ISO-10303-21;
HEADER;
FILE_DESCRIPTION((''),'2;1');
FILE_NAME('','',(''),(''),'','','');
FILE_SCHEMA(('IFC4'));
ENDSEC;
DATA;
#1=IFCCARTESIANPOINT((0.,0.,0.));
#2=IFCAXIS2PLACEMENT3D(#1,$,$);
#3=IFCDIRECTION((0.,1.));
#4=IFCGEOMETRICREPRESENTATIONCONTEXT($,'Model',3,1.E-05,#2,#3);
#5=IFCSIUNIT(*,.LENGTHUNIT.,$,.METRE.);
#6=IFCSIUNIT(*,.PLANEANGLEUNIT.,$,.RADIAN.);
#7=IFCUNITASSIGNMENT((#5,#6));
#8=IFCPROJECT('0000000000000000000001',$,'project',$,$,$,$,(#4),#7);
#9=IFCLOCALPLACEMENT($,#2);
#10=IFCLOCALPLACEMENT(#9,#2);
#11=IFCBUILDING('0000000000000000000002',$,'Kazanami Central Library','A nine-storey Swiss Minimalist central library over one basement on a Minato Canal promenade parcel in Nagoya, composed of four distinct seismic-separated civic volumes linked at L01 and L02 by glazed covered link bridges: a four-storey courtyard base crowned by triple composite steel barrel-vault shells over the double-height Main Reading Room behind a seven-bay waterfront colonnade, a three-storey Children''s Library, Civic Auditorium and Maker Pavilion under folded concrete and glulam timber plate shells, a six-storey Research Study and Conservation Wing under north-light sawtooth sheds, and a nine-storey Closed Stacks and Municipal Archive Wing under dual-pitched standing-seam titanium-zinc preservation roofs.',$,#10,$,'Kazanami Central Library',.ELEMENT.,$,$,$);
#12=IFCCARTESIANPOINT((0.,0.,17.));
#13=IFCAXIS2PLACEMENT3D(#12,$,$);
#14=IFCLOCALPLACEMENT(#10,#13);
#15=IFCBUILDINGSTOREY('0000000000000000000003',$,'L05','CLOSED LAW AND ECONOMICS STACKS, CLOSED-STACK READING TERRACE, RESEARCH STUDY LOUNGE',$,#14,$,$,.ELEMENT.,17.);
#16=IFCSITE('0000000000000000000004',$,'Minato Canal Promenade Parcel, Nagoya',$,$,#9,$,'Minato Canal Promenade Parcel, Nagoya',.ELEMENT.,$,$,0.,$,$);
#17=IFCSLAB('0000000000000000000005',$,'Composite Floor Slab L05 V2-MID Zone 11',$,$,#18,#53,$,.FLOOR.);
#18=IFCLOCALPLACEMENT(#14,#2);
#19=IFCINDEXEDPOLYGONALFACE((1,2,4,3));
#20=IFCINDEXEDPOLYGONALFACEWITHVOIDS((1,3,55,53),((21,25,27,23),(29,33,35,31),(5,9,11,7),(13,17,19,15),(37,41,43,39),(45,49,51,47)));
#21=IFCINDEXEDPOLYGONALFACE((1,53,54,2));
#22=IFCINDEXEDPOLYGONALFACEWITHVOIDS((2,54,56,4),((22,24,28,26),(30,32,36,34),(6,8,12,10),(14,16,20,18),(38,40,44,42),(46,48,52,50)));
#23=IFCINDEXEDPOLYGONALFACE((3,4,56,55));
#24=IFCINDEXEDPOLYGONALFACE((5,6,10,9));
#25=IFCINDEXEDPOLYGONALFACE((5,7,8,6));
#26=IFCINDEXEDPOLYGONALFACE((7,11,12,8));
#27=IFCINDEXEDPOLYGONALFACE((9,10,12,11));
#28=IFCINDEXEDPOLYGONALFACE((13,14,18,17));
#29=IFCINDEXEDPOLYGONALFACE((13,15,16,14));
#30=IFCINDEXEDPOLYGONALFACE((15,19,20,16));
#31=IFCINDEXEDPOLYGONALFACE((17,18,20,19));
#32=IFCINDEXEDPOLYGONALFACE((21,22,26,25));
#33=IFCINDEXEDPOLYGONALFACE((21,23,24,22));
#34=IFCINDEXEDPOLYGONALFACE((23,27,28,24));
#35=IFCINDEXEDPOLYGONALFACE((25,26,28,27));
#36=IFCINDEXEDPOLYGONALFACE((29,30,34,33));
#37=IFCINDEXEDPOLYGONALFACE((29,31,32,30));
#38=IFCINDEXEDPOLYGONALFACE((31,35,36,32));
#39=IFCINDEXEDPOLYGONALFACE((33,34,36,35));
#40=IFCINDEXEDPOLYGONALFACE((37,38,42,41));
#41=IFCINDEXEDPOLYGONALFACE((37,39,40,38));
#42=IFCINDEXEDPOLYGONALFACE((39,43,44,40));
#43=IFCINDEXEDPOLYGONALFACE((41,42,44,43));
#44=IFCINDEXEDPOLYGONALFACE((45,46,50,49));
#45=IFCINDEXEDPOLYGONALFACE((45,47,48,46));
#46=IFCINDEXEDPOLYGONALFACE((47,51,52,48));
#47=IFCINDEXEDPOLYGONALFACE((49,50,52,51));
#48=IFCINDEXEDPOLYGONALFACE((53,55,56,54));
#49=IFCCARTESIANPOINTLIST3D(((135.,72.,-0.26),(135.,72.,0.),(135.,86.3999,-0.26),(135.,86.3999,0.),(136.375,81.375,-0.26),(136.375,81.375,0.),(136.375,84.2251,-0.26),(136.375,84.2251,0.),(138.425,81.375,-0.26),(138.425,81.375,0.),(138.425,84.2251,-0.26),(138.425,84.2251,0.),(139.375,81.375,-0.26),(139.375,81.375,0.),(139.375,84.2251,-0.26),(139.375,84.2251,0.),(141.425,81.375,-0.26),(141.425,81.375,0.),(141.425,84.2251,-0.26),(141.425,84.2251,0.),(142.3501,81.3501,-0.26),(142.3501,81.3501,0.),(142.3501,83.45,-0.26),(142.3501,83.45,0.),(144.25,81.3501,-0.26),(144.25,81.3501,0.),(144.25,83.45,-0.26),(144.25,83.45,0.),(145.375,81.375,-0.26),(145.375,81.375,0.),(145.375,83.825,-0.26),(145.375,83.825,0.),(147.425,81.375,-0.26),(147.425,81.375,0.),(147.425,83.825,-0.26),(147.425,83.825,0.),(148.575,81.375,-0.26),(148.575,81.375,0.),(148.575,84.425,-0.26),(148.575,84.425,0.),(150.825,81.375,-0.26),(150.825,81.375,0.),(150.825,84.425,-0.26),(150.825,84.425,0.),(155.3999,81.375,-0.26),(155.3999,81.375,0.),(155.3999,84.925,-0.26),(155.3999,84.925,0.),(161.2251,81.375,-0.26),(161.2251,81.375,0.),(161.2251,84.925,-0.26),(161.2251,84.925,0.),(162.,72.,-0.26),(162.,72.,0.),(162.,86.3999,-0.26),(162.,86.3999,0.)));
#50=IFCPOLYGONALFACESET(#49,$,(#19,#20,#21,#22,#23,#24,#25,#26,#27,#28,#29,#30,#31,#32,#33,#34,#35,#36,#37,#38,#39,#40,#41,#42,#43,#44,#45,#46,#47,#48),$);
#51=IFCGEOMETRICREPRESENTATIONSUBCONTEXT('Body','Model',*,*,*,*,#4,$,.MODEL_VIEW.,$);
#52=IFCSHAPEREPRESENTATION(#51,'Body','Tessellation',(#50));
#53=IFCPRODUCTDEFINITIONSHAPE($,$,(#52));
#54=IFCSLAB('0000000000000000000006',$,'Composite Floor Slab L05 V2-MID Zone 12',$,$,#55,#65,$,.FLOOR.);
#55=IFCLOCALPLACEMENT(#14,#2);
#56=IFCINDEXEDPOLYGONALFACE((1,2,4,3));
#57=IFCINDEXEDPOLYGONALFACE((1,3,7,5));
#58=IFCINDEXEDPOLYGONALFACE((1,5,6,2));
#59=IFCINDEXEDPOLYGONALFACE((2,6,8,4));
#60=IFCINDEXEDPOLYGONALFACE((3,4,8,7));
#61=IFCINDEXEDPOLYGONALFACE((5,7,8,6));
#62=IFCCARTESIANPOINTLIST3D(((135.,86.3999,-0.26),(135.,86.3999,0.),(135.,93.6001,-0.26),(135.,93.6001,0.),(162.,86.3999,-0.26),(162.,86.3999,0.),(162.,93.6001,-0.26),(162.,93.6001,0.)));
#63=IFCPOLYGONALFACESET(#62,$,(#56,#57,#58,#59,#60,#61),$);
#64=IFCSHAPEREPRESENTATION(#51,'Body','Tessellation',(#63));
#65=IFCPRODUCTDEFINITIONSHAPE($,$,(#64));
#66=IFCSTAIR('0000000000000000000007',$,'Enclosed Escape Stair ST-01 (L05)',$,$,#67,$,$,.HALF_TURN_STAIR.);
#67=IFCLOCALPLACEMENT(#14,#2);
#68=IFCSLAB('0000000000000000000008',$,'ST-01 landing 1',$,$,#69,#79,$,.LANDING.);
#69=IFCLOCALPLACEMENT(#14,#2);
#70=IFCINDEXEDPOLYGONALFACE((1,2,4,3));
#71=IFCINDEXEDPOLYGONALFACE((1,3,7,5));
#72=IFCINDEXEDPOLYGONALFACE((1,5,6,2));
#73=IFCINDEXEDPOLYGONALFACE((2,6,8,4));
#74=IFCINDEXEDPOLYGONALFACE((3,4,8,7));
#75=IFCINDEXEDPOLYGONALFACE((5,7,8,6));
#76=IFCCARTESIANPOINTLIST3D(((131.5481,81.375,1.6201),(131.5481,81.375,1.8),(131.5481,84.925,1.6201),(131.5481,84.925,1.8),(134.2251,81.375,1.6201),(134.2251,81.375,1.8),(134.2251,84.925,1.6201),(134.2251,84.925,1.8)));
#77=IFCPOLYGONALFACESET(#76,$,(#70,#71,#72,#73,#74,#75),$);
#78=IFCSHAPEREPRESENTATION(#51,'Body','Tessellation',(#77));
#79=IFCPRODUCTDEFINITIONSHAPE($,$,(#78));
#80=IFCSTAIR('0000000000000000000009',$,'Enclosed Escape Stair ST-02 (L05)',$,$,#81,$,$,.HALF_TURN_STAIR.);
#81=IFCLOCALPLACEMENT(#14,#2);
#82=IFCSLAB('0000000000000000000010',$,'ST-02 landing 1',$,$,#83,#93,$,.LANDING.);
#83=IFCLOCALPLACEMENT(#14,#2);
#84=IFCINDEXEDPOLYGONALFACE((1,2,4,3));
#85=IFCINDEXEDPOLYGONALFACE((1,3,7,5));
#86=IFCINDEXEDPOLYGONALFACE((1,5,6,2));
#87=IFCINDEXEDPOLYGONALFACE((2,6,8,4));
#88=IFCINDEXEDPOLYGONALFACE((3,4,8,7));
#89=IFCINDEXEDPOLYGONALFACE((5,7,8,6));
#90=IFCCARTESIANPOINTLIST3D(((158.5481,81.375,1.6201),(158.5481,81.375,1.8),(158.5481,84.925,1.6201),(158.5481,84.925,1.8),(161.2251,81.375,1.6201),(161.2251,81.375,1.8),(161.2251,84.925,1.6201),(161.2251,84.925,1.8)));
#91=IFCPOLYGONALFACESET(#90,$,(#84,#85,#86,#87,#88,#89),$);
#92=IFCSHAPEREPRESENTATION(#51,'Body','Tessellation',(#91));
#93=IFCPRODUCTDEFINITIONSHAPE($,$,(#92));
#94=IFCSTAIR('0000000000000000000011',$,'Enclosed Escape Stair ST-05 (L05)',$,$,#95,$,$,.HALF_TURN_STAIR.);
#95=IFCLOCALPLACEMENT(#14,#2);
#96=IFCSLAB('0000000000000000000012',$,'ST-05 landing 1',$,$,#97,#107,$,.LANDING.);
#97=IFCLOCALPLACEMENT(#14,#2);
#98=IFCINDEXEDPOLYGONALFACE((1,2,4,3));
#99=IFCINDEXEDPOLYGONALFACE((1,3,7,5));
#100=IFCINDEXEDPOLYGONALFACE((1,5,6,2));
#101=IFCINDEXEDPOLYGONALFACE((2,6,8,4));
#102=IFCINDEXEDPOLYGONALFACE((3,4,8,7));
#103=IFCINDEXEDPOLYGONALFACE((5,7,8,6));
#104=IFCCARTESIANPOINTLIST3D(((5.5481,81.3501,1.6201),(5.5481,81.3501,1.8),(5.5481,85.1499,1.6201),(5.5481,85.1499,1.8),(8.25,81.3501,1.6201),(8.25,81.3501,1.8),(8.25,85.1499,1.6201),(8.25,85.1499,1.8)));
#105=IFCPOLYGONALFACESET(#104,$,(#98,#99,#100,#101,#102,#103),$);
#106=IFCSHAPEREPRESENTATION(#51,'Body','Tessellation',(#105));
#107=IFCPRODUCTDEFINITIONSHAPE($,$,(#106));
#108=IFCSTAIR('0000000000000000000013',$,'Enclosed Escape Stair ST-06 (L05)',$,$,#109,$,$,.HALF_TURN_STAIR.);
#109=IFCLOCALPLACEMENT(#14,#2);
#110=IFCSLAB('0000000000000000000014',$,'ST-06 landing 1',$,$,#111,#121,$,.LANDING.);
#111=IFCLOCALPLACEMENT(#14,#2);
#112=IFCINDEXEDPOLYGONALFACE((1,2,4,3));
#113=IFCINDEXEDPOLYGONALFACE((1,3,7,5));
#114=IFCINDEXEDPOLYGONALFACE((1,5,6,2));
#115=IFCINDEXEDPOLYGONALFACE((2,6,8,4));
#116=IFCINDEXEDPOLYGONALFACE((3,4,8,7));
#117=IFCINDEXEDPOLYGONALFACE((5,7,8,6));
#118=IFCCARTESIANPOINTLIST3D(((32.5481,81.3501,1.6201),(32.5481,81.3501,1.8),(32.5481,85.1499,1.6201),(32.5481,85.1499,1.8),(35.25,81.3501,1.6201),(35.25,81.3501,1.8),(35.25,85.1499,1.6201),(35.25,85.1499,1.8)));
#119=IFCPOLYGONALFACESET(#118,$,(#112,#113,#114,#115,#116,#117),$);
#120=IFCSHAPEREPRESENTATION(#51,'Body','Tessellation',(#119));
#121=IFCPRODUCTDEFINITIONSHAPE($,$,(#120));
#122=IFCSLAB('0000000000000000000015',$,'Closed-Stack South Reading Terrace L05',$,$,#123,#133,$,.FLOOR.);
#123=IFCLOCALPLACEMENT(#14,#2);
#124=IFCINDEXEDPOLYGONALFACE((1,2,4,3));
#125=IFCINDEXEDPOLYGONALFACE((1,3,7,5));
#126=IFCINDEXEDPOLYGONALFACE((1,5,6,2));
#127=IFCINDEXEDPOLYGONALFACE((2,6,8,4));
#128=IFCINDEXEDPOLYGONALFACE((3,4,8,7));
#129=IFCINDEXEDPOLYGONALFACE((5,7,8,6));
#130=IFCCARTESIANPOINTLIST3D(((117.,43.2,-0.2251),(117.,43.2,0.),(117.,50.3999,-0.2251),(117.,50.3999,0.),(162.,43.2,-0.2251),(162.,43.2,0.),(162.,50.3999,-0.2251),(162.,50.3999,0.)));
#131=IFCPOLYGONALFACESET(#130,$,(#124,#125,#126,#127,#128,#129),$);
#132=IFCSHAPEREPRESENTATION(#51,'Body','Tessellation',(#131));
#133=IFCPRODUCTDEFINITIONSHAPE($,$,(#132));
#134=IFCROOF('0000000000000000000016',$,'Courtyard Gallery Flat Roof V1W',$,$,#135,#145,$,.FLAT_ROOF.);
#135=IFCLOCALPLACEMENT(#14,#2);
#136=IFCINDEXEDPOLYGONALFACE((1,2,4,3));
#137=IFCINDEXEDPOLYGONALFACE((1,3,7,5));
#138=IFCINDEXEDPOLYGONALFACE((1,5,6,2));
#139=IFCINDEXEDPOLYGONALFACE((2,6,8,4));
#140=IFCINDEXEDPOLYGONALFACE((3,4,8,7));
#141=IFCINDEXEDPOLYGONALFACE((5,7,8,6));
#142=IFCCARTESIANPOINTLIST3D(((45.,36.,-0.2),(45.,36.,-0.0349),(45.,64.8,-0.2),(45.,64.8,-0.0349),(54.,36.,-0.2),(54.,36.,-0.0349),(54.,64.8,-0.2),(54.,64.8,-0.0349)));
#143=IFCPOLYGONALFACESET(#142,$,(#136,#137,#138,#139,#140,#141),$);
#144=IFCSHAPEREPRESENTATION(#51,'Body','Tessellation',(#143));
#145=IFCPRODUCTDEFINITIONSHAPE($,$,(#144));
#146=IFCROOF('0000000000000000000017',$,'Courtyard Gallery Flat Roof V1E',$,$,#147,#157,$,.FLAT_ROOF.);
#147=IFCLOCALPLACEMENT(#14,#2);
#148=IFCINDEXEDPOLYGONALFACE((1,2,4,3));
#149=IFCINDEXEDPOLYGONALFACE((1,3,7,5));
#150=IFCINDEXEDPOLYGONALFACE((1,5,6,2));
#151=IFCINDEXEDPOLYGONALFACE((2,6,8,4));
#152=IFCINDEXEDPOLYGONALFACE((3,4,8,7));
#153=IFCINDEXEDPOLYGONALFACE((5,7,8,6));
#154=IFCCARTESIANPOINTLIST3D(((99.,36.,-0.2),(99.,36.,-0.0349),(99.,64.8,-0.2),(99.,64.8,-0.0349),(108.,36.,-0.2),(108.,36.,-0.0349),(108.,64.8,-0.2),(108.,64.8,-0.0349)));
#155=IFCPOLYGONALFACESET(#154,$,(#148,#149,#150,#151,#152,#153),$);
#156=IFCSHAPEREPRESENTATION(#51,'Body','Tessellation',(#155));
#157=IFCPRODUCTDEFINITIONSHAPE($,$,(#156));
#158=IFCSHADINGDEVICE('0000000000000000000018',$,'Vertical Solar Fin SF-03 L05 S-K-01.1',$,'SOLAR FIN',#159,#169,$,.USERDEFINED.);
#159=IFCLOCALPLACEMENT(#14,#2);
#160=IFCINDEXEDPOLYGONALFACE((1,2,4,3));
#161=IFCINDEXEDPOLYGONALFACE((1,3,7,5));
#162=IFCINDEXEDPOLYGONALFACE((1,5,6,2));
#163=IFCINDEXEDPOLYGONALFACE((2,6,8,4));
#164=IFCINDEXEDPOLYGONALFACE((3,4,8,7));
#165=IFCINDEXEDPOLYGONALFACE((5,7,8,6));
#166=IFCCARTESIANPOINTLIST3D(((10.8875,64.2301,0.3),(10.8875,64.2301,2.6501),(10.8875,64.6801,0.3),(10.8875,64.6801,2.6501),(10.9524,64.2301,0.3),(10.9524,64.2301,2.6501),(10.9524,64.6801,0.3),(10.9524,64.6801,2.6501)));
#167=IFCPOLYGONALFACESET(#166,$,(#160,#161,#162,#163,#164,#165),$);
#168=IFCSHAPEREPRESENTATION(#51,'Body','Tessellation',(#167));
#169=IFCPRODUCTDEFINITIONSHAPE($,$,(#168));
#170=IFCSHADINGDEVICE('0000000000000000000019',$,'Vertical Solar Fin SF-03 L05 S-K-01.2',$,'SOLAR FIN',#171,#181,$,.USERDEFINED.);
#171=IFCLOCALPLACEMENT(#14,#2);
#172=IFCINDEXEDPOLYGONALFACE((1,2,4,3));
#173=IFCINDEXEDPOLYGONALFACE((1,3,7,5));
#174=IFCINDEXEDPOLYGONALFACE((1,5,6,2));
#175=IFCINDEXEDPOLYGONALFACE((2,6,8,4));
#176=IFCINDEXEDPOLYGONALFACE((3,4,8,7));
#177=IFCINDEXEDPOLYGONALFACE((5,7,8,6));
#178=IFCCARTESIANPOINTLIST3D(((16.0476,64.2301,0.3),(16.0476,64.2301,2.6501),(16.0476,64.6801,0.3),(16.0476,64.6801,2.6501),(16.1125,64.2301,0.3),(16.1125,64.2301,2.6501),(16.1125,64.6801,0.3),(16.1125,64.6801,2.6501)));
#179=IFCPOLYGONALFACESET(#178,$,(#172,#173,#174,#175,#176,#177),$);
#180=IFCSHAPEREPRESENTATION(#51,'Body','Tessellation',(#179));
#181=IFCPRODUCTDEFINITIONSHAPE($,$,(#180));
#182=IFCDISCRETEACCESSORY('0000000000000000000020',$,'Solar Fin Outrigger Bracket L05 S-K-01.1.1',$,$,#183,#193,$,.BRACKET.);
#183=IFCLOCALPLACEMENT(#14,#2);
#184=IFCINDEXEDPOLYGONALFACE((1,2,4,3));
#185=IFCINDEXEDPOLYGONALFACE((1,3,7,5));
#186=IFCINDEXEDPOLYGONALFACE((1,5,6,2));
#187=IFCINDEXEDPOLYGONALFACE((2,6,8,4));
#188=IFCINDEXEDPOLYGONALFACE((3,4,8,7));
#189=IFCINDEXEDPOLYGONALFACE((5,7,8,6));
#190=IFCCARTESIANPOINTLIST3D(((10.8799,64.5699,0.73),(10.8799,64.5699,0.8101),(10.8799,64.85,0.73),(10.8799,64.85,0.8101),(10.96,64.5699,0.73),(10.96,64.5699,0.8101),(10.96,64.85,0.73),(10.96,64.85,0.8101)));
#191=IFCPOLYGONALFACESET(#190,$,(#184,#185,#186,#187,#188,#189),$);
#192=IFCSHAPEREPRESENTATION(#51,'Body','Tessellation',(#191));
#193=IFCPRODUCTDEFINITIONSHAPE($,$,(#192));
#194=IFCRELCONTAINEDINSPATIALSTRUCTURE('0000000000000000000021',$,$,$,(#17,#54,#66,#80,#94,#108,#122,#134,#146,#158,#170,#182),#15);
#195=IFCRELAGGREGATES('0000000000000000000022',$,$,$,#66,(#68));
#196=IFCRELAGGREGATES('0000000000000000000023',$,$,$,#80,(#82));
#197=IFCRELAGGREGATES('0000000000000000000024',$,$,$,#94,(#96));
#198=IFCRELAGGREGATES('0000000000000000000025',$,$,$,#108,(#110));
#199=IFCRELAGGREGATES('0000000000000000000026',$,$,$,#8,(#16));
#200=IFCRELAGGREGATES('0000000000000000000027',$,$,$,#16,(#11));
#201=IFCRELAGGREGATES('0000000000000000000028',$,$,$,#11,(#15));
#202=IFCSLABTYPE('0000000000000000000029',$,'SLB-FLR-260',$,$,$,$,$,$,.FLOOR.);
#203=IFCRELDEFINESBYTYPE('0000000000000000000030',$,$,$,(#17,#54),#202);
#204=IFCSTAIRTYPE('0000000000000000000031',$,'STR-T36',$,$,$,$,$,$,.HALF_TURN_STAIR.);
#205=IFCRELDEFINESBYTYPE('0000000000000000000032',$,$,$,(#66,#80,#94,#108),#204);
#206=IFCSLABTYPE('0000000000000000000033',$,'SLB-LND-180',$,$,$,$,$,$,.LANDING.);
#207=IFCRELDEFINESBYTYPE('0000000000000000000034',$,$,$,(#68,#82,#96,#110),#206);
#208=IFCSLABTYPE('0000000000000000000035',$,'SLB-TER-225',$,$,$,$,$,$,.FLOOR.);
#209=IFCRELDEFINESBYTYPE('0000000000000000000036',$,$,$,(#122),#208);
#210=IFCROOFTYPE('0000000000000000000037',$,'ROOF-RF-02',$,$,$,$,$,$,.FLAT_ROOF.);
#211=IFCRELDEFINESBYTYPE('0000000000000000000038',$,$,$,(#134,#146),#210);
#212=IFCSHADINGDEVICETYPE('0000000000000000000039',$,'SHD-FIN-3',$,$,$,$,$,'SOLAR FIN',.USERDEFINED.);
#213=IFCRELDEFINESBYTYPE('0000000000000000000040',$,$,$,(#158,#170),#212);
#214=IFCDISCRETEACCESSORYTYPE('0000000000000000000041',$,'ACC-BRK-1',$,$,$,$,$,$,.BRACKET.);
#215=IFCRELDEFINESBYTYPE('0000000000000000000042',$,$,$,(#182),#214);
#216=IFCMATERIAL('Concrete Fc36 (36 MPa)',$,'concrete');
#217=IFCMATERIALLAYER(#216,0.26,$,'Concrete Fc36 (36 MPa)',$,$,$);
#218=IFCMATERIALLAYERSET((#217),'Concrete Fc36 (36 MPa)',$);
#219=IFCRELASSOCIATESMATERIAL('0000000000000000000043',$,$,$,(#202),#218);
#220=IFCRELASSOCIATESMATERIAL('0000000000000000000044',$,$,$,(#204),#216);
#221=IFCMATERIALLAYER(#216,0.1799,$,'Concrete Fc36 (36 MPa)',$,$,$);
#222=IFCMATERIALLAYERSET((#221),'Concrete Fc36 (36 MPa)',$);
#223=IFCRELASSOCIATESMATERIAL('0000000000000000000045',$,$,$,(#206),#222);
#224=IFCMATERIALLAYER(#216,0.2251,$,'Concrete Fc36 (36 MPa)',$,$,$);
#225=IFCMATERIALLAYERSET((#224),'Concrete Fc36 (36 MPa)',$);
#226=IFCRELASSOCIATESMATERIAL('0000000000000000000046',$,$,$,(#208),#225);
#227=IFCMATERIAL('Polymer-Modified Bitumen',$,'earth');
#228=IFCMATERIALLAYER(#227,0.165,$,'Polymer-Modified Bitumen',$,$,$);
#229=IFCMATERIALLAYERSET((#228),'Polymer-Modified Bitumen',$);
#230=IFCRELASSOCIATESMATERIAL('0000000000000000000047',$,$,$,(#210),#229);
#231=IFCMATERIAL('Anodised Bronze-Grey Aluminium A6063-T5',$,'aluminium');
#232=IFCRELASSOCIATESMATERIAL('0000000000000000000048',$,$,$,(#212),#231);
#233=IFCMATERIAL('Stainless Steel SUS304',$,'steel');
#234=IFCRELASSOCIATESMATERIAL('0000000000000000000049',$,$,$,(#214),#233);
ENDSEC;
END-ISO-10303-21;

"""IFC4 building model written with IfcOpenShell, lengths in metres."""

from ifc_helpers import new_model, si_unit, direction, frame, origin, origin_2d, place, context, subcontext, project, spatial, polyline, rectangle, outline, extrude, material, layer, layer_set, type_object, element, aggregate, save


model = new_model("IFC4")

# Units and contexts
model_context = context("Model", 3, precision=1e-05, world=origin(), true_north=direction((0.0, 1.0)))
body_context = subcontext(model_context, "Body", "Model", "MODEL_VIEW")
ifc_project = project(units=[si_unit("LENGTHUNIT", "METRE"), si_unit("PLANEANGLEUNIT", "RADIAN")], contexts=[model_context])

# Site, building, storey
site_placement = place(None, origin())
site = spatial("IfcSite", under=ifc_project, at=site_placement, Name="Minato Canal Promenade Parcel, Nagoya", LongName="Minato Canal Promenade Parcel, Nagoya", CompositionType="ELEMENT", RefElevation=0.0)
building_placement = place(site_placement, origin())
building = spatial("IfcBuilding", under=site, at=building_placement, Name="Kazanami Central Library", Description="A nine-storey Swiss Minimalist central library over one basement on a Minato Canal promenade parcel in Nagoya, composed of four distinct seismic-separated civic volumes linked at L01 and L02 by glazed covered link bridges: a four-storey courtyard base crowned by triple composite steel barrel-vault shells over the double-height Main Reading Room behind a seven-bay waterfront colonnade, a three-storey Children's Library, Civic Auditorium and Maker Pavilion under folded concrete and glulam timber plate shells, a six-storey Research Study and Conservation Wing under north-light sawtooth sheds, and a nine-storey Closed Stacks and Municipal Archive Wing under dual-pitched standing-seam titanium-zinc preservation roofs.", LongName="Kazanami Central Library", CompositionType="ELEMENT")
storey_placement = place(building_placement, frame((0.0, 0.0, 17.0)))
storey = spatial("IfcBuildingStorey", under=building, at=storey_placement, Name="L05", Description="CLOSED LAW AND ECONOMICS STACKS, CLOSED-STACK READING TERRACE, RESEARCH STUDY LOUNGE", CompositionType="ELEMENT", Elevation=17.0)

# Slabs
ifc_material_1 = material(Name="Concrete Fc36 (36 MPa)", Category="concrete")
ifc_layer_1 = layer(ifc_material_1, 0.26, Name="Concrete Fc36 (36 MPa)")
ifc_layer_set_1 = layer_set([ifc_layer_1], Name="Concrete Fc36 (36 MPa)")
slab_type_1 = type_object("IfcSlabType", Name="SLB-FLR-260", PredefinedType="FLOOR", material=ifc_layer_set_1)
slab_1_placement = place(storey_placement, frame((0.0, 0.0, -0.26)))
element("IfcSlab", 1, at=slab_1_placement, inside=storey, type_object=slab_type_1, Name="Composite Floor Slab L05 V2-MID Zone 11", PredefinedType="FLOOR", context=body_context, shape_type="SweptSolid", body=[
    extrude(outline(polyline([(135.0, 72.0), (162.0, 72.0), (162.0, 86.3999), (135.0, 86.3999), (135.0, 72.0)]), holes=[polyline([(155.3999, 81.375), (161.2251, 81.375), (161.2251, 84.925), (155.3999, 84.925), (155.3999, 81.375)]), polyline([(136.375, 81.375), (138.425, 81.375), (138.425, 84.2251), (136.375, 84.2251), (136.375, 81.375)]), polyline([(139.375, 81.375), (141.425, 81.375), (141.425, 84.2251), (139.375, 84.2251), (139.375, 81.375)]), polyline([(145.375, 81.375), (147.425, 81.375), (147.425, 83.825), (145.375, 83.825), (145.375, 81.375)]), polyline([(148.575, 81.375), (150.825, 81.375), (150.825, 84.425), (148.575, 84.425), (148.575, 81.375)]), polyline([(142.3501, 81.3501), (144.25, 81.3501), (144.25, 83.45), (142.3501, 83.45), (142.3501, 81.3501)])]), origin(), (0.0, 0.0, 1.0), 0.26),
])
slab_2_placement = place(storey_placement, frame((0.0, 0.0, -0.26)))
element("IfcSlab", 2, at=slab_2_placement, inside=storey, type_object=slab_type_1, Name="Composite Floor Slab L05 V2-MID Zone 12", PredefinedType="FLOOR", context=body_context, shape_type="SweptSolid", body=[
    extrude(outline(polyline([(135.0, 86.3999), (162.0, 86.3999), (162.0, 93.6001), (135.0, 93.6001), (135.0, 86.3999)])), origin(), (0.0, 0.0, 1.0), 0.26),
])

# Stairs, slabs
stair_type = type_object("IfcStairType", Name="STR-T36", PredefinedType="HALF_TURN_STAIR", material=ifc_material_1)
stair_1_placement = place(storey_placement, origin())
stair_1 = element("IfcStair", 3, at=stair_1_placement, inside=storey, type_object=stair_type, Name="Enclosed Escape Stair ST-01 (L05)", PredefinedType="HALF_TURN_STAIR")
ifc_layer_2 = layer(ifc_material_1, 0.1799, Name="Concrete Fc36 (36 MPa)")
ifc_layer_set_2 = layer_set([ifc_layer_2], Name="Concrete Fc36 (36 MPa)")
slab_type_2 = type_object("IfcSlabType", Name="SLB-LND-180", PredefinedType="LANDING", material=ifc_layer_set_2)
slab_3_placement = place(storey_placement, frame((0.0, 0.0, 1.6201)))
slab_3 = element("IfcSlab", 4, at=slab_3_placement, type_object=slab_type_2, Name="ST-01 landing 1", PredefinedType="LANDING", context=body_context, shape_type="SweptSolid", body=[
    extrude(outline(polyline([(131.5481, 81.375), (134.2251, 81.375), (134.2251, 84.925), (131.5481, 84.925), (131.5481, 81.375)])), origin(), (0.0, 0.0, 1.0), 0.1799),
])
aggregate(stair_1, [slab_3])
stair_2_placement = place(storey_placement, origin())
stair_2 = element("IfcStair", 5, at=stair_2_placement, inside=storey, type_object=stair_type, Name="Enclosed Escape Stair ST-02 (L05)", PredefinedType="HALF_TURN_STAIR")
slab_4_placement = place(storey_placement, frame((0.0, 0.0, 1.6201)))
slab_4 = element("IfcSlab", 6, at=slab_4_placement, type_object=slab_type_2, Name="ST-02 landing 1", PredefinedType="LANDING", context=body_context, shape_type="SweptSolid", body=[
    extrude(outline(polyline([(158.5481, 81.375), (161.2251, 81.375), (161.2251, 84.925), (158.5481, 84.925), (158.5481, 81.375)])), origin(), (0.0, 0.0, 1.0), 0.1799),
])
aggregate(stair_2, [slab_4])
stair_3_placement = place(storey_placement, origin())
stair_3 = element("IfcStair", 7, at=stair_3_placement, inside=storey, type_object=stair_type, Name="Enclosed Escape Stair ST-05 (L05)", PredefinedType="HALF_TURN_STAIR")
slab_5_placement = place(storey_placement, frame((0.0, 0.0, 1.6201)))
slab_5 = element("IfcSlab", 8, at=slab_5_placement, type_object=slab_type_2, Name="ST-05 landing 1", PredefinedType="LANDING", context=body_context, shape_type="SweptSolid", body=[
    extrude(outline(polyline([(5.5481, 81.3501), (8.25, 81.3501), (8.25, 85.1499), (5.5481, 85.1499), (5.5481, 81.3501)])), origin(), (0.0, 0.0, 1.0), 0.1799),
])
aggregate(stair_3, [slab_5])
stair_4_placement = place(storey_placement, origin())
stair_4 = element("IfcStair", 9, at=stair_4_placement, inside=storey, type_object=stair_type, Name="Enclosed Escape Stair ST-06 (L05)", PredefinedType="HALF_TURN_STAIR")
slab_6_placement = place(storey_placement, frame((0.0, 0.0, 1.6201)))
slab_6 = element("IfcSlab", 10, at=slab_6_placement, type_object=slab_type_2, Name="ST-06 landing 1", PredefinedType="LANDING", context=body_context, shape_type="SweptSolid", body=[
    extrude(outline(polyline([(32.5481, 81.3501), (35.25, 81.3501), (35.25, 85.1499), (32.5481, 85.1499), (32.5481, 81.3501)])), origin(), (0.0, 0.0, 1.0), 0.1799),
])
aggregate(stair_4, [slab_6])

# Slab
ifc_layer_3 = layer(ifc_material_1, 0.2251, Name="Concrete Fc36 (36 MPa)")
ifc_layer_set_3 = layer_set([ifc_layer_3], Name="Concrete Fc36 (36 MPa)")
slab_type_3 = type_object("IfcSlabType", Name="SLB-TER-225", PredefinedType="FLOOR", material=ifc_layer_set_3)
slab_7_placement = place(storey_placement, frame((0.0, 0.0, -0.2251)))
element("IfcSlab", 11, at=slab_7_placement, inside=storey, type_object=slab_type_3, Name="Closed-Stack South Reading Terrace L05", PredefinedType="FLOOR", context=body_context, shape_type="SweptSolid", body=[
    extrude(outline(polyline([(117.0, 43.2), (162.0, 43.2), (162.0, 50.3999), (117.0, 50.3999), (117.0, 43.2)])), origin(), (0.0, 0.0, 1.0), 0.2251),
])

# Roofs
ifc_material_2 = material(Name="Polymer-Modified Bitumen", Category="earth")
ifc_layer_4 = layer(ifc_material_2, 0.165, Name="Polymer-Modified Bitumen")
ifc_layer_set_4 = layer_set([ifc_layer_4], Name="Polymer-Modified Bitumen")
roof_type = type_object("IfcRoofType", Name="ROOF-RF-02", PredefinedType="FLAT_ROOF", material=ifc_layer_set_4)
roof_1_placement = place(storey_placement, frame((0.0, 0.0, -0.2)))
element("IfcRoof", 12, at=roof_1_placement, inside=storey, type_object=roof_type, Name="Courtyard Gallery Flat Roof V1W", PredefinedType="FLAT_ROOF", context=body_context, shape_type="SweptSolid", body=[
    extrude(outline(polyline([(45.0, 36.0), (54.0, 36.0), (54.0, 64.8), (45.0, 64.8), (45.0, 36.0)])), origin(), (0.0, 0.0, 1.0), 0.165),
])
roof_2_placement = place(storey_placement, frame((0.0, 0.0, -0.2)))
element("IfcRoof", 13, at=roof_2_placement, inside=storey, type_object=roof_type, Name="Courtyard Gallery Flat Roof V1E", PredefinedType="FLAT_ROOF", context=body_context, shape_type="SweptSolid", body=[
    extrude(outline(polyline([(99.0, 36.0), (108.0, 36.0), (108.0, 64.8), (99.0, 64.8), (99.0, 36.0)])), origin(), (0.0, 0.0, 1.0), 0.165),
])

# Shading devices
ifc_material_3 = material(Name="Anodised Bronze-Grey Aluminium A6063-T5", Category="aluminium")
shading_device_type = type_object("IfcShadingDeviceType", Name="SHD-FIN-3", ElementType="SOLAR FIN", PredefinedType="USERDEFINED", material=ifc_material_3)
for number, where, z_axis, x_axis, name in (
    (14, (10.9199, 64.4551, 0.3), (0.0, 0.0, 1.0), (1.0, 0.0, 0.0), "Vertical Solar Fin SF-03 L05 S-K-01.1"),
    (15, (16.0801, 64.4551, 0.3), (0.0, 0.0, 1.0), (1.0, 0.0, 0.0), "Vertical Solar Fin SF-03 L05 S-K-01.2"),
):
    element("IfcShadingDevice", number, at=place(storey_placement, frame(where, z_axis=z_axis, x_axis=x_axis)), inside=storey, type_object=shading_device_type, Name=name, ObjectType="SOLAR FIN", PredefinedType="USERDEFINED", context=body_context, shape_type="SweptSolid", body=[
        extrude(rectangle(XDim=0.0649, YDim=0.45, at=origin_2d()), origin(), (0.0, 0.0, 1.0), 2.3501),
    ])

# Discrete accessory
ifc_material_4 = material(Name="Stainless Steel SUS304", Category="steel")
discrete_accessory_type = type_object("IfcDiscreteAccessoryType", Name="ACC-BRK-1", PredefinedType="BRACKET", material=ifc_material_4)
discrete_accessory_placement = place(storey_placement, frame((10.9199, 64.71, 0.73), z_axis=(0.0, 0.0, 1.0), x_axis=(1.0, 0.0, 0.0)))
element("IfcDiscreteAccessory", 16, at=discrete_accessory_placement, inside=storey, type_object=discrete_accessory_type, Name="Solar Fin Outrigger Bracket L05 S-K-01.1.1", PredefinedType="BRACKET", context=body_context, shape_type="SweptSolid", body=[
    extrude(rectangle(XDim=0.0801, YDim=0.28, at=origin_2d()), origin(), (0.0, 0.0, 1.0), 0.0801),
])

save(model, "model.ifc")
